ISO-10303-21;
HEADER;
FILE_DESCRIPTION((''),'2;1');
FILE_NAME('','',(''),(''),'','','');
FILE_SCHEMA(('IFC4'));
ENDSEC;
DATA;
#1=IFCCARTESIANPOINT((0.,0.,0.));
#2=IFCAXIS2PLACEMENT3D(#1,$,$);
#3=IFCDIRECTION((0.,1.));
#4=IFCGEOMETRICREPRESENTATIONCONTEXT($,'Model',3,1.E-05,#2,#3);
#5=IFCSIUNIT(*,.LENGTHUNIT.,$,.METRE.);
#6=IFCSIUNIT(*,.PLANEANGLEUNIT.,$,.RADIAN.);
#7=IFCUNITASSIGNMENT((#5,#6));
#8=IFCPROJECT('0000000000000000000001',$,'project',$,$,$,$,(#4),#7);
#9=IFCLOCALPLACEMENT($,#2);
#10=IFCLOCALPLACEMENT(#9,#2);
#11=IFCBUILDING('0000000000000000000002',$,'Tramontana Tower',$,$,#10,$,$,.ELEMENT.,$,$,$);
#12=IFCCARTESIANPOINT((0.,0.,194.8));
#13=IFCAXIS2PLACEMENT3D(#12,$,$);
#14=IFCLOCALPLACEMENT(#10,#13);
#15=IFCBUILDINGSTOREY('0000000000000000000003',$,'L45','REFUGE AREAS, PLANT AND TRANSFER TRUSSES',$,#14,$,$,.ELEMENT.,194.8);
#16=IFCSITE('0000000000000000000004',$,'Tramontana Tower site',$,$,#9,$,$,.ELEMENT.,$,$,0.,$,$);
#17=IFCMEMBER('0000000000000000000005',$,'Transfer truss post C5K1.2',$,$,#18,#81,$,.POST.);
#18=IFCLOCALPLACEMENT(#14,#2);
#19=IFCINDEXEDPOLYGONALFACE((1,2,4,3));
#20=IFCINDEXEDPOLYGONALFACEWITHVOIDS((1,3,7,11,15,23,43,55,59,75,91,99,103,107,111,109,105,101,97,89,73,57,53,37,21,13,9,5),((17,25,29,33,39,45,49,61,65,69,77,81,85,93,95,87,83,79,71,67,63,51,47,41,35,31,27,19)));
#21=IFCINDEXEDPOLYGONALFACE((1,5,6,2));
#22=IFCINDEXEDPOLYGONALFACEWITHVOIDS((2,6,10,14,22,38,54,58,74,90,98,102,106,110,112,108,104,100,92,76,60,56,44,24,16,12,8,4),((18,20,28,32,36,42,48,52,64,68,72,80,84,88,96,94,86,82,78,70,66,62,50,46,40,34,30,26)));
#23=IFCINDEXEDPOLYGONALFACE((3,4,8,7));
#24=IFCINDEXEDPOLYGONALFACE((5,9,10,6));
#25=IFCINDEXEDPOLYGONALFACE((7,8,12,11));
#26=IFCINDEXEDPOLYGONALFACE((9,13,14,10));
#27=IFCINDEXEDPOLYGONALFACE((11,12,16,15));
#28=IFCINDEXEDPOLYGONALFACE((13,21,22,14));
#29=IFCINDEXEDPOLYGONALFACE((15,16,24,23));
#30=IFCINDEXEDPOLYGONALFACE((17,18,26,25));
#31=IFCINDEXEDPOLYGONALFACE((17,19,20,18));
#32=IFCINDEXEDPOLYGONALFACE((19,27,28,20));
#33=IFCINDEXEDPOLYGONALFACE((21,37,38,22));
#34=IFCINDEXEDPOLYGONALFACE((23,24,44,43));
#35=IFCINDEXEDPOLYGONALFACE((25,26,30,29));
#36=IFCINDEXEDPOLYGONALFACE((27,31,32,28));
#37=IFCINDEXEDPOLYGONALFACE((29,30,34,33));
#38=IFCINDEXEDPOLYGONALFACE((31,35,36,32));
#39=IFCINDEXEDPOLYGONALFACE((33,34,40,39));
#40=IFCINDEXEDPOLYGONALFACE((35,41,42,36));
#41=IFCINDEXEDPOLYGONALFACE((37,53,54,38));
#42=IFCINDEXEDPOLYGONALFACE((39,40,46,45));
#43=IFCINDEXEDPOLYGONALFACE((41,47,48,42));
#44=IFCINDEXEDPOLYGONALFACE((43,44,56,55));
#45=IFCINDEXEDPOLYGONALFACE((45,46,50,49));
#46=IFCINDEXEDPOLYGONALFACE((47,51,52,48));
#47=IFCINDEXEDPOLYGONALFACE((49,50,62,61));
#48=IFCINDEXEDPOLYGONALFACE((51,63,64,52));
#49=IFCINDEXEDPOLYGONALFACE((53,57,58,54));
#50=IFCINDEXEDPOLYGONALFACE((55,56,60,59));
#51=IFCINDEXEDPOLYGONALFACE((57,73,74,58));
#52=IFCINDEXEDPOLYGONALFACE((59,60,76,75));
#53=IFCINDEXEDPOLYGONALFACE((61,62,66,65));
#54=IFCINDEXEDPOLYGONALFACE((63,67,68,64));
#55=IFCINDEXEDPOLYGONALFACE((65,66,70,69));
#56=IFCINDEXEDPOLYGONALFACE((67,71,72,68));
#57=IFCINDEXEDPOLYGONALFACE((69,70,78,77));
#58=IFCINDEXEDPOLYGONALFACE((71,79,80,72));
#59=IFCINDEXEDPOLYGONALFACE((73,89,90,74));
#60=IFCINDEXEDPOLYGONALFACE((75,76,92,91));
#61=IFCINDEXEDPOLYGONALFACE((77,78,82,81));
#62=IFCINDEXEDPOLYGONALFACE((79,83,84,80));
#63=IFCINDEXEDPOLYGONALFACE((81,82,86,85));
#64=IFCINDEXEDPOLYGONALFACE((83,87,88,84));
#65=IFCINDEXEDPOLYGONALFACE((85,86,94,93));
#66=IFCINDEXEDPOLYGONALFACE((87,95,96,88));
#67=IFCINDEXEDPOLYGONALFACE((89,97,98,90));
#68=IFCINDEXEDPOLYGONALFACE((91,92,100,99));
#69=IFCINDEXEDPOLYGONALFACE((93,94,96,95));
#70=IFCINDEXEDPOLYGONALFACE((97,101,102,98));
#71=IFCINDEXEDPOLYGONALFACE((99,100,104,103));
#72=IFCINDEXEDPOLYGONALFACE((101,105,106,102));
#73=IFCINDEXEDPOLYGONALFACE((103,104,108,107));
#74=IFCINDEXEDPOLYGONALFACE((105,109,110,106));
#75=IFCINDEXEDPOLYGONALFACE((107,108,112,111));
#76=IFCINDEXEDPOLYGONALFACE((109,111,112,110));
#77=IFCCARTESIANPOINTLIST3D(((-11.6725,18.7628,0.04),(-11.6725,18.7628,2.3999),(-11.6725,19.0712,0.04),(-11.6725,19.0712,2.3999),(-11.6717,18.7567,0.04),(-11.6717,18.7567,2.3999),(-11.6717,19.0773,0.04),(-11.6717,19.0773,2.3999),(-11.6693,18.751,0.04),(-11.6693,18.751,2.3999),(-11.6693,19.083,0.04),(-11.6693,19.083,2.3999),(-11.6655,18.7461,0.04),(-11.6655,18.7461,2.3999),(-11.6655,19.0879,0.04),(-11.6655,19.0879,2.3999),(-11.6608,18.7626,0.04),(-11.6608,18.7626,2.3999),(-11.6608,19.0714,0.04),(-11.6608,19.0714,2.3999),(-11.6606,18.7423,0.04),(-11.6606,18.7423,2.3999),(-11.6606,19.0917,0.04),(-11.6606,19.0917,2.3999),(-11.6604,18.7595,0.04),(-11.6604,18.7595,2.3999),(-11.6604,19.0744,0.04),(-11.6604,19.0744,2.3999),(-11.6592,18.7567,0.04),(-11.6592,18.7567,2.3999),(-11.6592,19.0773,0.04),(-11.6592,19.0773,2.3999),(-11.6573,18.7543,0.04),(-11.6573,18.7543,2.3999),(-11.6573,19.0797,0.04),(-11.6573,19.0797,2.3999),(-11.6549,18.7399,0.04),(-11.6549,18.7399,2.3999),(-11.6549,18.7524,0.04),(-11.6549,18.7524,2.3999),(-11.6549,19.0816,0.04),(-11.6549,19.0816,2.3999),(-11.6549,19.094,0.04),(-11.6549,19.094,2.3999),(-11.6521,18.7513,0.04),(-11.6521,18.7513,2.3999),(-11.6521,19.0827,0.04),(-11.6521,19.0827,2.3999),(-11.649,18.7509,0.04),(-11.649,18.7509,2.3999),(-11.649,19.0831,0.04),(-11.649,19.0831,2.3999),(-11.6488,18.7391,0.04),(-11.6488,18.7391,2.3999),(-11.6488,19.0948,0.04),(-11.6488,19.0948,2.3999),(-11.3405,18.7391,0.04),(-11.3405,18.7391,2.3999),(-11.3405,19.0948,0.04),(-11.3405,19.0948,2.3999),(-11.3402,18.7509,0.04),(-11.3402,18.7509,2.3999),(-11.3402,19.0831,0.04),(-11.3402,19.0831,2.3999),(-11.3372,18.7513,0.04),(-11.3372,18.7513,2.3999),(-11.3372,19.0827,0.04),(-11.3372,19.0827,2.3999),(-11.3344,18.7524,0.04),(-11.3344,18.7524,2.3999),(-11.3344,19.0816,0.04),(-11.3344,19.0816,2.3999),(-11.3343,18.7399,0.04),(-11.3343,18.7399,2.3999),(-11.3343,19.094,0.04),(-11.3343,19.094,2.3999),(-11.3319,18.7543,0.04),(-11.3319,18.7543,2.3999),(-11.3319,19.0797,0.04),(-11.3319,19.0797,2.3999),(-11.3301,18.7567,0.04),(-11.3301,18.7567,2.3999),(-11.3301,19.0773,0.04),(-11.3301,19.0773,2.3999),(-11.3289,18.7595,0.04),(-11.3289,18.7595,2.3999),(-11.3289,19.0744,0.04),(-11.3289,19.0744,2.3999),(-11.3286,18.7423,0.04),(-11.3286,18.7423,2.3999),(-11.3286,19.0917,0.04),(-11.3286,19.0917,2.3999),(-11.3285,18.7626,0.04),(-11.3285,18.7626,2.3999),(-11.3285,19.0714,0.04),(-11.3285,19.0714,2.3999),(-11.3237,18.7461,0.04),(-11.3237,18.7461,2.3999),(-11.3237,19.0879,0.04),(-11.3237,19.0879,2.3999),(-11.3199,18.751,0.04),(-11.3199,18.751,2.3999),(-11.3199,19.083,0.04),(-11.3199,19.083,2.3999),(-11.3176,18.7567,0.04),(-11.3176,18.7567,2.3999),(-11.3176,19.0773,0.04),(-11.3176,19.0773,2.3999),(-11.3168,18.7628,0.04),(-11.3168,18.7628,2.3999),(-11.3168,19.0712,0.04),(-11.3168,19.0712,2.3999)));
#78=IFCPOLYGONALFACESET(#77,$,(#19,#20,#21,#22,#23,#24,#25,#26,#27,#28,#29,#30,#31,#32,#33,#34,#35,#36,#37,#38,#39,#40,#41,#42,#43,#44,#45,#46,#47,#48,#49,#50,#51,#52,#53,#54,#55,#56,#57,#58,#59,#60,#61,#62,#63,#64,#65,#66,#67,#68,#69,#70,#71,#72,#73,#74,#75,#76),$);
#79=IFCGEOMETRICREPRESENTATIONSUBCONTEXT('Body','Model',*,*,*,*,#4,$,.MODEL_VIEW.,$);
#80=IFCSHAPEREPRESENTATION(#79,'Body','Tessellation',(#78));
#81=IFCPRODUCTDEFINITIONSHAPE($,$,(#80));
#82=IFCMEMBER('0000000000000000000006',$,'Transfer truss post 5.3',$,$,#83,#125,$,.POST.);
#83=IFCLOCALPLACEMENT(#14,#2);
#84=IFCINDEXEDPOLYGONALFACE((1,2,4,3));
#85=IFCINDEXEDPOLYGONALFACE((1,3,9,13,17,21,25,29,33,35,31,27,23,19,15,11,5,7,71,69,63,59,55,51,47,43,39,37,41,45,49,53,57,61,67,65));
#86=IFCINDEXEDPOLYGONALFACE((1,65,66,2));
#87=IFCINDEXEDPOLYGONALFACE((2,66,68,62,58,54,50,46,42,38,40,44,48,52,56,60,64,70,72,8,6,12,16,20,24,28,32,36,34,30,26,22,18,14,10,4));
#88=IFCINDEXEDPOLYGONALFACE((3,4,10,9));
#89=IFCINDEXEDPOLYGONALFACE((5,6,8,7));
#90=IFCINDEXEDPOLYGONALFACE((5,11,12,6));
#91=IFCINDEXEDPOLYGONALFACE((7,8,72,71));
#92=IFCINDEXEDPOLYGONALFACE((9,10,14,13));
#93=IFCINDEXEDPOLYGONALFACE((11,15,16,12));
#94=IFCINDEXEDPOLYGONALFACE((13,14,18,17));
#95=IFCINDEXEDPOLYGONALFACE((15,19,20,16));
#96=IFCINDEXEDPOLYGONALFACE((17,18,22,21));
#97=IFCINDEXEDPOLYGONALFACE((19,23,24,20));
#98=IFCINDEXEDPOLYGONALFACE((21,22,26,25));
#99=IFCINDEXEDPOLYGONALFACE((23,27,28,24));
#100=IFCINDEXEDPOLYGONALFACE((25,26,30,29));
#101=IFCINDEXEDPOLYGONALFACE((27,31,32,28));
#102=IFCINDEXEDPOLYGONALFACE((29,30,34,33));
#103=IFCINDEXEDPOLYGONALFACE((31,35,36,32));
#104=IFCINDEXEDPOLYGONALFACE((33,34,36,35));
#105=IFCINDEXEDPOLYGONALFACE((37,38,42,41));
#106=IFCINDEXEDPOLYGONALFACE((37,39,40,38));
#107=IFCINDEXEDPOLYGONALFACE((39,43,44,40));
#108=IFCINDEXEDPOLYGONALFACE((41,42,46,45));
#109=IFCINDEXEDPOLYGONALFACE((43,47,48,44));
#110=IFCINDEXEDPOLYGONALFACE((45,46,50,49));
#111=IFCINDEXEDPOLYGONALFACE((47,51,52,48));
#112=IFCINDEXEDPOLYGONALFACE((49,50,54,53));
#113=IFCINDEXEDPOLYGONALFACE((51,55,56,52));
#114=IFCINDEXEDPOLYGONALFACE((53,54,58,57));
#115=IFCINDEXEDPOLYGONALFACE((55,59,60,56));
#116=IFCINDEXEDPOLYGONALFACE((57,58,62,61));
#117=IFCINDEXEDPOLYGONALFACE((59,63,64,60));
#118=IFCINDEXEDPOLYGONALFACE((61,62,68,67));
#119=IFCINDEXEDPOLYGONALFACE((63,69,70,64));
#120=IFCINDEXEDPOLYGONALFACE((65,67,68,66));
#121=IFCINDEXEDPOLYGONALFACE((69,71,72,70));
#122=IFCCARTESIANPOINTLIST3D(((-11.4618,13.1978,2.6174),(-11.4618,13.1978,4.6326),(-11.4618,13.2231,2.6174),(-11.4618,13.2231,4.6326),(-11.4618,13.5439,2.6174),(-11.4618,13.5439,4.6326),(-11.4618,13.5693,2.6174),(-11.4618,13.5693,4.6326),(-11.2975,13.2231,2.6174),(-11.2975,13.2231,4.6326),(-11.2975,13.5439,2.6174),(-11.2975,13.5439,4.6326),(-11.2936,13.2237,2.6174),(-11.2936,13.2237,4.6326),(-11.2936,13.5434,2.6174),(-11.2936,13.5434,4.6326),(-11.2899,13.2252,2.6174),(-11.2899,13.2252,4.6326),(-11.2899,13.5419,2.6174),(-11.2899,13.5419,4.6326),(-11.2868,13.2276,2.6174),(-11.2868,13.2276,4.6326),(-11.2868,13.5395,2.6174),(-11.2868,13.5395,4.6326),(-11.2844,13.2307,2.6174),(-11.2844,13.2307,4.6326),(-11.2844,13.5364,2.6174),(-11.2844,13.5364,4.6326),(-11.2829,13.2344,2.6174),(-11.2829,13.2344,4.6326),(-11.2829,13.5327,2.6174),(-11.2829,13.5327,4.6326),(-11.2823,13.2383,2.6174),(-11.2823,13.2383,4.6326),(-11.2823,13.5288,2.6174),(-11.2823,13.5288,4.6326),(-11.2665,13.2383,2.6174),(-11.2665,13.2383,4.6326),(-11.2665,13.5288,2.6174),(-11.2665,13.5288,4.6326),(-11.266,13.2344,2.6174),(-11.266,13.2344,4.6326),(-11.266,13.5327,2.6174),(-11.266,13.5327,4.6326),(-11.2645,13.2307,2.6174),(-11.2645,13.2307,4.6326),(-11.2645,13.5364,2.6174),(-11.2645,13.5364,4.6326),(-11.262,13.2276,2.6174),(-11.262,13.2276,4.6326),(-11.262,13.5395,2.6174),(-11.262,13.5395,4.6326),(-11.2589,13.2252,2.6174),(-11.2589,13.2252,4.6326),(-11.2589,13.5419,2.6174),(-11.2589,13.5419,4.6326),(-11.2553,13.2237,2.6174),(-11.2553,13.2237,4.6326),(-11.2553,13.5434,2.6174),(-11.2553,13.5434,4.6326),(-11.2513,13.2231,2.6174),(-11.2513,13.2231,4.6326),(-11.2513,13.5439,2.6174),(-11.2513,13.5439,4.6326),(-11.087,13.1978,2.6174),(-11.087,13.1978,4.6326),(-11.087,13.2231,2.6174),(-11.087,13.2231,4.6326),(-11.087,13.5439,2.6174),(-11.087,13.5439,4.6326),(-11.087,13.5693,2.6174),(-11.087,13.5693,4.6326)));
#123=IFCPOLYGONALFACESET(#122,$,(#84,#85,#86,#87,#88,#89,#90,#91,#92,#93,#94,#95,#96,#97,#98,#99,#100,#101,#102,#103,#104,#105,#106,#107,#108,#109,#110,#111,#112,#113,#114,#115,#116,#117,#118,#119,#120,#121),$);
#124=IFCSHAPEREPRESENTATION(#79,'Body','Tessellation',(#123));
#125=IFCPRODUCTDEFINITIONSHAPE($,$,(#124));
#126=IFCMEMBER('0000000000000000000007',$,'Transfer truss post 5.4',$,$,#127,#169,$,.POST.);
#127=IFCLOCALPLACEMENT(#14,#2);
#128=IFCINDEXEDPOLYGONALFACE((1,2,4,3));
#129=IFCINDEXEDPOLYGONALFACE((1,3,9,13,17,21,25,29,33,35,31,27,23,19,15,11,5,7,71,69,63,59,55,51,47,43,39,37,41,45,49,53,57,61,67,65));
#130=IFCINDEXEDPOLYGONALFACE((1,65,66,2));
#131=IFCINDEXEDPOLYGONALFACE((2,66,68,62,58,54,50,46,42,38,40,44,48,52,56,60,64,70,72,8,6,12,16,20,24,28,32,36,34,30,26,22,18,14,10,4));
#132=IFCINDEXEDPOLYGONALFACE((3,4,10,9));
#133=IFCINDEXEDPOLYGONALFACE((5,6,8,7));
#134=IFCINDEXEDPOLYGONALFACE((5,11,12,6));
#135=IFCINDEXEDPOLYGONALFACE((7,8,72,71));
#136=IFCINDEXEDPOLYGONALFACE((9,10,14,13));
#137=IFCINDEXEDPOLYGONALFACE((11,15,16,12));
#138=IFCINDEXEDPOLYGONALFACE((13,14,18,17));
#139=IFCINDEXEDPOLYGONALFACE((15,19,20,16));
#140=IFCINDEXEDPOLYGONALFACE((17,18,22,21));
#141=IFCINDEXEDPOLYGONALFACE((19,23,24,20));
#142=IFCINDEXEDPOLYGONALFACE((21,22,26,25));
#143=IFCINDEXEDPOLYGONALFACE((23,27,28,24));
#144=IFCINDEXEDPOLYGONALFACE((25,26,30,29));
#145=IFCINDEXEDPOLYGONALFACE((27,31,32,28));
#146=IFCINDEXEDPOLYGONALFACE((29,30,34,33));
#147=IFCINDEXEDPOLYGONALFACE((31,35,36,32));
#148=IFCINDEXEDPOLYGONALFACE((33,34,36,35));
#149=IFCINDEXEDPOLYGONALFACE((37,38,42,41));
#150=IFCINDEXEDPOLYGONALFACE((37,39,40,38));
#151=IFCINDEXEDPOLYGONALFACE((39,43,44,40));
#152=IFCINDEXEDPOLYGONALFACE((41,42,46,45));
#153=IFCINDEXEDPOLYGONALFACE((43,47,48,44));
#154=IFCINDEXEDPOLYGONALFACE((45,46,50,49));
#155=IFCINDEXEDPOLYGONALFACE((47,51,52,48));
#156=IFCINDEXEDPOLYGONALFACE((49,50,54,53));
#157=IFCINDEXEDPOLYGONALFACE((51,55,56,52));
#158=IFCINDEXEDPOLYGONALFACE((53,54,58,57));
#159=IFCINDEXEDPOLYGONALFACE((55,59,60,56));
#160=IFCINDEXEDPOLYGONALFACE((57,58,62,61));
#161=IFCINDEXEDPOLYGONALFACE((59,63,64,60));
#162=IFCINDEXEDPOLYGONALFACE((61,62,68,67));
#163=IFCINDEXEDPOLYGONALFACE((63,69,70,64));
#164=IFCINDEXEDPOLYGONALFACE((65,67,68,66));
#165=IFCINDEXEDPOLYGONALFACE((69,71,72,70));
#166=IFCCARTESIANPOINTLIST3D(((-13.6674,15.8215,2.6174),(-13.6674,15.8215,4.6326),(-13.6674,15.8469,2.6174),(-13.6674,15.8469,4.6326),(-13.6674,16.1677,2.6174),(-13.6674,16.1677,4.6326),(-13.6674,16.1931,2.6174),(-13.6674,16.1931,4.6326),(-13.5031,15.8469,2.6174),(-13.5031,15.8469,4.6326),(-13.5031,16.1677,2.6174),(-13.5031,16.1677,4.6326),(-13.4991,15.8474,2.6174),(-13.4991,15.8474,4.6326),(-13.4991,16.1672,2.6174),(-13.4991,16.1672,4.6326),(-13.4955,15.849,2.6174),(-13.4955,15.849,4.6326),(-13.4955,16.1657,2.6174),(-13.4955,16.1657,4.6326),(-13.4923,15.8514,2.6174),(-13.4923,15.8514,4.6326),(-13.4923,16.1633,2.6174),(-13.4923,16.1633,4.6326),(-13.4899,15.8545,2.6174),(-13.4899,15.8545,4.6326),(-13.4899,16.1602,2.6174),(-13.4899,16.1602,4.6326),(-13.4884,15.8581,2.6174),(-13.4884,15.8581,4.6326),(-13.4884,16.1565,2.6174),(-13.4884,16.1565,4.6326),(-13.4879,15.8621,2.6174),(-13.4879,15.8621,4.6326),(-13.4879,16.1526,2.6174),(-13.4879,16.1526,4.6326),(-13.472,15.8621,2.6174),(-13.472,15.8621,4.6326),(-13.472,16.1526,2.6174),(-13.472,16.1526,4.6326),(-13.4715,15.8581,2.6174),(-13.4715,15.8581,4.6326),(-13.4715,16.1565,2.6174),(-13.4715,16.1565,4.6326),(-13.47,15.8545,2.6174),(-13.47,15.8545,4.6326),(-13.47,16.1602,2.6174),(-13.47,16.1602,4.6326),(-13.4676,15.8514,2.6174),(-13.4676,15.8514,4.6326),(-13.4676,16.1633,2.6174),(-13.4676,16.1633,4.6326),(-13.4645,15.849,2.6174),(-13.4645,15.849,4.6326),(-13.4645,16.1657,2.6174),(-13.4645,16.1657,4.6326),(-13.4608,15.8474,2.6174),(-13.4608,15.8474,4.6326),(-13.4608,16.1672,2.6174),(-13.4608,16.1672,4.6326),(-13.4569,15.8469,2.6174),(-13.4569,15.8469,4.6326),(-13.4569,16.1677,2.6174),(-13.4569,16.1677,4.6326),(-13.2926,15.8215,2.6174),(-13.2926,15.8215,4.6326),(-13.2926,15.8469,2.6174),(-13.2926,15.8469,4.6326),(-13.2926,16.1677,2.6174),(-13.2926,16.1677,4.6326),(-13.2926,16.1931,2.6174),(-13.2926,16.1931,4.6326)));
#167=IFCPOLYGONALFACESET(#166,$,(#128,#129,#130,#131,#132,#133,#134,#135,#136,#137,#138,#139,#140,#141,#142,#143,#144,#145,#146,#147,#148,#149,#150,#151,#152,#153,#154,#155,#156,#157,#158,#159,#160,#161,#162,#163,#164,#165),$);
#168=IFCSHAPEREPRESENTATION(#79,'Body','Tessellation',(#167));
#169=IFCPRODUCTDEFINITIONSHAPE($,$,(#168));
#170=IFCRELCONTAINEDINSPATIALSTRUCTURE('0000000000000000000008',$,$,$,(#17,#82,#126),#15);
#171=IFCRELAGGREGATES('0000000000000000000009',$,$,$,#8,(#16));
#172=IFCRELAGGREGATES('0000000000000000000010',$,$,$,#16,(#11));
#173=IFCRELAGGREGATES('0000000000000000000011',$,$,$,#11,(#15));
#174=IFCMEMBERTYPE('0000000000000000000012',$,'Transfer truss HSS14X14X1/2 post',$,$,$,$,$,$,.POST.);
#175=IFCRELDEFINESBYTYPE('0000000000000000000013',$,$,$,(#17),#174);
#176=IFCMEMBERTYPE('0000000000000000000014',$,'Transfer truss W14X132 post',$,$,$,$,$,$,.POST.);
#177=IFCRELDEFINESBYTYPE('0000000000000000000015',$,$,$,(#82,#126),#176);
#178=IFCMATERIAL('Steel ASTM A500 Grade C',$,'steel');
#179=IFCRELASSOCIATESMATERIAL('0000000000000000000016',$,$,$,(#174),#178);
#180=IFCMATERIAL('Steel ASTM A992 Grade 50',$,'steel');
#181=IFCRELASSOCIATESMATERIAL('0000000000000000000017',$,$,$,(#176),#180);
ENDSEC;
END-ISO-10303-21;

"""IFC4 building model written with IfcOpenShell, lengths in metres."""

from ifc_helpers import new_model, si_unit, direction, frame, origin, origin_2d, place, context, subcontext, project, spatial, hollow_rectangle, i_section, extrude, material, material_profile, profile_set, type_object, element, save


model = new_model("IFC4")

# Units and contexts
model_context = context("Model", 3, precision=1e-05, world=origin(), true_north=direction((0.0, 1.0)))
body_context = subcontext(model_context, "Body", "Model", "MODEL_VIEW")
ifc_project = project(units=[si_unit("LENGTHUNIT", "METRE"), si_unit("PLANEANGLEUNIT", "RADIAN")], contexts=[model_context])

# Site, building, storey
site_placement = place(None, origin())
site = spatial("IfcSite", under=ifc_project, at=site_placement, Name="Tramontana Tower site", CompositionType="ELEMENT", RefElevation=0.0)
building_placement = place(site_placement, origin())
building = spatial("IfcBuilding", under=site, at=building_placement, Name="Tramontana Tower", CompositionType="ELEMENT")
storey_placement = place(building_placement, frame((0.0, 0.0, 194.8)))
storey = spatial("IfcBuildingStorey", under=building, at=storey_placement, Name="L45", Description="REFUGE AREAS, PLANT AND TRANSFER TRUSSES", CompositionType="ELEMENT", Elevation=194.8)

# Members
ifc_material_1 = material(Name="Steel ASTM A500 Grade C", Category="steel")
ifc_material_profile_1 = material_profile(ifc_material_1, hollow_rectangle(XDim=0.3557, YDim=0.3557, WallThickness=0.0117, InnerFilletRadius=0.0117, OuterFilletRadius=0.0237, at=origin_2d()), Name="HSS14X14X1/2")
ifc_profile_set_1 = profile_set([ifc_material_profile_1], Name="Steel ASTM A500 Grade C")
member_type_1 = type_object("IfcMemberType", Name="Transfer truss HSS14X14X1/2 post", PredefinedType="POST", material=ifc_profile_set_1)
member_1_placement = place(storey_placement, frame((-11.4946, 18.917, 0.04), z_axis=(0.0, 0.0, 1.0), x_axis=(1.0, 0.0, 0.0)))
element("IfcMember", 1, at=member_1_placement, inside=storey, type_object=member_type_1, Name="Transfer truss post C5K1.2", PredefinedType="POST", context=body_context, shape_type="SweptSolid", body=[
    extrude(hollow_rectangle(XDim=0.3557, YDim=0.3557, WallThickness=0.0117, InnerFilletRadius=0.0117, OuterFilletRadius=0.0237, at=origin_2d()), origin(), (0.0, 0.0, 1.0), 2.3599),
])
ifc_material_2 = material(Name="Steel ASTM A992 Grade 50", Category="steel")
ifc_material_profile_2 = material_profile(ifc_material_2, i_section(OverallWidth=0.3748, OverallDepth=0.3716, WebThickness=0.0159, FlangeThickness=0.0254, FilletRadius=0.0151, at=origin_2d()), Name="W14X132")
ifc_profile_set_2 = profile_set([ifc_material_profile_2], Name="Steel ASTM A992 Grade 50")
member_type_2 = type_object("IfcMemberType", Name="Transfer truss W14X132 post", PredefinedType="POST", material=ifc_profile_set_2)
for number, where, z_axis, x_axis, name in (
    (2, (-11.2744, 13.3835, 2.6174), (0.0, 0.0, 1.0), (1.0, 0.0, 0.0), "Transfer truss post 5.3"),
    (3, (-13.48, 16.0073, 2.6174), (0.0, 0.0, 1.0), (1.0, 0.0, 0.0), "Transfer truss post 5.4"),
):
    element("IfcMember", number, at=place(storey_placement, frame(where, z_axis=z_axis, x_axis=x_axis)), inside=storey, type_object=member_type_2, Name=name, PredefinedType="POST", context=body_context, shape_type="SweptSolid", body=[
        extrude(i_section(OverallWidth=0.3748, OverallDepth=0.3716, WebThickness=0.0159, FlangeThickness=0.0254, FilletRadius=0.0151, at=origin_2d()), origin(), (0.0, 0.0, 1.0), 2.0151),
    ])

save(model, "model.ifc")
